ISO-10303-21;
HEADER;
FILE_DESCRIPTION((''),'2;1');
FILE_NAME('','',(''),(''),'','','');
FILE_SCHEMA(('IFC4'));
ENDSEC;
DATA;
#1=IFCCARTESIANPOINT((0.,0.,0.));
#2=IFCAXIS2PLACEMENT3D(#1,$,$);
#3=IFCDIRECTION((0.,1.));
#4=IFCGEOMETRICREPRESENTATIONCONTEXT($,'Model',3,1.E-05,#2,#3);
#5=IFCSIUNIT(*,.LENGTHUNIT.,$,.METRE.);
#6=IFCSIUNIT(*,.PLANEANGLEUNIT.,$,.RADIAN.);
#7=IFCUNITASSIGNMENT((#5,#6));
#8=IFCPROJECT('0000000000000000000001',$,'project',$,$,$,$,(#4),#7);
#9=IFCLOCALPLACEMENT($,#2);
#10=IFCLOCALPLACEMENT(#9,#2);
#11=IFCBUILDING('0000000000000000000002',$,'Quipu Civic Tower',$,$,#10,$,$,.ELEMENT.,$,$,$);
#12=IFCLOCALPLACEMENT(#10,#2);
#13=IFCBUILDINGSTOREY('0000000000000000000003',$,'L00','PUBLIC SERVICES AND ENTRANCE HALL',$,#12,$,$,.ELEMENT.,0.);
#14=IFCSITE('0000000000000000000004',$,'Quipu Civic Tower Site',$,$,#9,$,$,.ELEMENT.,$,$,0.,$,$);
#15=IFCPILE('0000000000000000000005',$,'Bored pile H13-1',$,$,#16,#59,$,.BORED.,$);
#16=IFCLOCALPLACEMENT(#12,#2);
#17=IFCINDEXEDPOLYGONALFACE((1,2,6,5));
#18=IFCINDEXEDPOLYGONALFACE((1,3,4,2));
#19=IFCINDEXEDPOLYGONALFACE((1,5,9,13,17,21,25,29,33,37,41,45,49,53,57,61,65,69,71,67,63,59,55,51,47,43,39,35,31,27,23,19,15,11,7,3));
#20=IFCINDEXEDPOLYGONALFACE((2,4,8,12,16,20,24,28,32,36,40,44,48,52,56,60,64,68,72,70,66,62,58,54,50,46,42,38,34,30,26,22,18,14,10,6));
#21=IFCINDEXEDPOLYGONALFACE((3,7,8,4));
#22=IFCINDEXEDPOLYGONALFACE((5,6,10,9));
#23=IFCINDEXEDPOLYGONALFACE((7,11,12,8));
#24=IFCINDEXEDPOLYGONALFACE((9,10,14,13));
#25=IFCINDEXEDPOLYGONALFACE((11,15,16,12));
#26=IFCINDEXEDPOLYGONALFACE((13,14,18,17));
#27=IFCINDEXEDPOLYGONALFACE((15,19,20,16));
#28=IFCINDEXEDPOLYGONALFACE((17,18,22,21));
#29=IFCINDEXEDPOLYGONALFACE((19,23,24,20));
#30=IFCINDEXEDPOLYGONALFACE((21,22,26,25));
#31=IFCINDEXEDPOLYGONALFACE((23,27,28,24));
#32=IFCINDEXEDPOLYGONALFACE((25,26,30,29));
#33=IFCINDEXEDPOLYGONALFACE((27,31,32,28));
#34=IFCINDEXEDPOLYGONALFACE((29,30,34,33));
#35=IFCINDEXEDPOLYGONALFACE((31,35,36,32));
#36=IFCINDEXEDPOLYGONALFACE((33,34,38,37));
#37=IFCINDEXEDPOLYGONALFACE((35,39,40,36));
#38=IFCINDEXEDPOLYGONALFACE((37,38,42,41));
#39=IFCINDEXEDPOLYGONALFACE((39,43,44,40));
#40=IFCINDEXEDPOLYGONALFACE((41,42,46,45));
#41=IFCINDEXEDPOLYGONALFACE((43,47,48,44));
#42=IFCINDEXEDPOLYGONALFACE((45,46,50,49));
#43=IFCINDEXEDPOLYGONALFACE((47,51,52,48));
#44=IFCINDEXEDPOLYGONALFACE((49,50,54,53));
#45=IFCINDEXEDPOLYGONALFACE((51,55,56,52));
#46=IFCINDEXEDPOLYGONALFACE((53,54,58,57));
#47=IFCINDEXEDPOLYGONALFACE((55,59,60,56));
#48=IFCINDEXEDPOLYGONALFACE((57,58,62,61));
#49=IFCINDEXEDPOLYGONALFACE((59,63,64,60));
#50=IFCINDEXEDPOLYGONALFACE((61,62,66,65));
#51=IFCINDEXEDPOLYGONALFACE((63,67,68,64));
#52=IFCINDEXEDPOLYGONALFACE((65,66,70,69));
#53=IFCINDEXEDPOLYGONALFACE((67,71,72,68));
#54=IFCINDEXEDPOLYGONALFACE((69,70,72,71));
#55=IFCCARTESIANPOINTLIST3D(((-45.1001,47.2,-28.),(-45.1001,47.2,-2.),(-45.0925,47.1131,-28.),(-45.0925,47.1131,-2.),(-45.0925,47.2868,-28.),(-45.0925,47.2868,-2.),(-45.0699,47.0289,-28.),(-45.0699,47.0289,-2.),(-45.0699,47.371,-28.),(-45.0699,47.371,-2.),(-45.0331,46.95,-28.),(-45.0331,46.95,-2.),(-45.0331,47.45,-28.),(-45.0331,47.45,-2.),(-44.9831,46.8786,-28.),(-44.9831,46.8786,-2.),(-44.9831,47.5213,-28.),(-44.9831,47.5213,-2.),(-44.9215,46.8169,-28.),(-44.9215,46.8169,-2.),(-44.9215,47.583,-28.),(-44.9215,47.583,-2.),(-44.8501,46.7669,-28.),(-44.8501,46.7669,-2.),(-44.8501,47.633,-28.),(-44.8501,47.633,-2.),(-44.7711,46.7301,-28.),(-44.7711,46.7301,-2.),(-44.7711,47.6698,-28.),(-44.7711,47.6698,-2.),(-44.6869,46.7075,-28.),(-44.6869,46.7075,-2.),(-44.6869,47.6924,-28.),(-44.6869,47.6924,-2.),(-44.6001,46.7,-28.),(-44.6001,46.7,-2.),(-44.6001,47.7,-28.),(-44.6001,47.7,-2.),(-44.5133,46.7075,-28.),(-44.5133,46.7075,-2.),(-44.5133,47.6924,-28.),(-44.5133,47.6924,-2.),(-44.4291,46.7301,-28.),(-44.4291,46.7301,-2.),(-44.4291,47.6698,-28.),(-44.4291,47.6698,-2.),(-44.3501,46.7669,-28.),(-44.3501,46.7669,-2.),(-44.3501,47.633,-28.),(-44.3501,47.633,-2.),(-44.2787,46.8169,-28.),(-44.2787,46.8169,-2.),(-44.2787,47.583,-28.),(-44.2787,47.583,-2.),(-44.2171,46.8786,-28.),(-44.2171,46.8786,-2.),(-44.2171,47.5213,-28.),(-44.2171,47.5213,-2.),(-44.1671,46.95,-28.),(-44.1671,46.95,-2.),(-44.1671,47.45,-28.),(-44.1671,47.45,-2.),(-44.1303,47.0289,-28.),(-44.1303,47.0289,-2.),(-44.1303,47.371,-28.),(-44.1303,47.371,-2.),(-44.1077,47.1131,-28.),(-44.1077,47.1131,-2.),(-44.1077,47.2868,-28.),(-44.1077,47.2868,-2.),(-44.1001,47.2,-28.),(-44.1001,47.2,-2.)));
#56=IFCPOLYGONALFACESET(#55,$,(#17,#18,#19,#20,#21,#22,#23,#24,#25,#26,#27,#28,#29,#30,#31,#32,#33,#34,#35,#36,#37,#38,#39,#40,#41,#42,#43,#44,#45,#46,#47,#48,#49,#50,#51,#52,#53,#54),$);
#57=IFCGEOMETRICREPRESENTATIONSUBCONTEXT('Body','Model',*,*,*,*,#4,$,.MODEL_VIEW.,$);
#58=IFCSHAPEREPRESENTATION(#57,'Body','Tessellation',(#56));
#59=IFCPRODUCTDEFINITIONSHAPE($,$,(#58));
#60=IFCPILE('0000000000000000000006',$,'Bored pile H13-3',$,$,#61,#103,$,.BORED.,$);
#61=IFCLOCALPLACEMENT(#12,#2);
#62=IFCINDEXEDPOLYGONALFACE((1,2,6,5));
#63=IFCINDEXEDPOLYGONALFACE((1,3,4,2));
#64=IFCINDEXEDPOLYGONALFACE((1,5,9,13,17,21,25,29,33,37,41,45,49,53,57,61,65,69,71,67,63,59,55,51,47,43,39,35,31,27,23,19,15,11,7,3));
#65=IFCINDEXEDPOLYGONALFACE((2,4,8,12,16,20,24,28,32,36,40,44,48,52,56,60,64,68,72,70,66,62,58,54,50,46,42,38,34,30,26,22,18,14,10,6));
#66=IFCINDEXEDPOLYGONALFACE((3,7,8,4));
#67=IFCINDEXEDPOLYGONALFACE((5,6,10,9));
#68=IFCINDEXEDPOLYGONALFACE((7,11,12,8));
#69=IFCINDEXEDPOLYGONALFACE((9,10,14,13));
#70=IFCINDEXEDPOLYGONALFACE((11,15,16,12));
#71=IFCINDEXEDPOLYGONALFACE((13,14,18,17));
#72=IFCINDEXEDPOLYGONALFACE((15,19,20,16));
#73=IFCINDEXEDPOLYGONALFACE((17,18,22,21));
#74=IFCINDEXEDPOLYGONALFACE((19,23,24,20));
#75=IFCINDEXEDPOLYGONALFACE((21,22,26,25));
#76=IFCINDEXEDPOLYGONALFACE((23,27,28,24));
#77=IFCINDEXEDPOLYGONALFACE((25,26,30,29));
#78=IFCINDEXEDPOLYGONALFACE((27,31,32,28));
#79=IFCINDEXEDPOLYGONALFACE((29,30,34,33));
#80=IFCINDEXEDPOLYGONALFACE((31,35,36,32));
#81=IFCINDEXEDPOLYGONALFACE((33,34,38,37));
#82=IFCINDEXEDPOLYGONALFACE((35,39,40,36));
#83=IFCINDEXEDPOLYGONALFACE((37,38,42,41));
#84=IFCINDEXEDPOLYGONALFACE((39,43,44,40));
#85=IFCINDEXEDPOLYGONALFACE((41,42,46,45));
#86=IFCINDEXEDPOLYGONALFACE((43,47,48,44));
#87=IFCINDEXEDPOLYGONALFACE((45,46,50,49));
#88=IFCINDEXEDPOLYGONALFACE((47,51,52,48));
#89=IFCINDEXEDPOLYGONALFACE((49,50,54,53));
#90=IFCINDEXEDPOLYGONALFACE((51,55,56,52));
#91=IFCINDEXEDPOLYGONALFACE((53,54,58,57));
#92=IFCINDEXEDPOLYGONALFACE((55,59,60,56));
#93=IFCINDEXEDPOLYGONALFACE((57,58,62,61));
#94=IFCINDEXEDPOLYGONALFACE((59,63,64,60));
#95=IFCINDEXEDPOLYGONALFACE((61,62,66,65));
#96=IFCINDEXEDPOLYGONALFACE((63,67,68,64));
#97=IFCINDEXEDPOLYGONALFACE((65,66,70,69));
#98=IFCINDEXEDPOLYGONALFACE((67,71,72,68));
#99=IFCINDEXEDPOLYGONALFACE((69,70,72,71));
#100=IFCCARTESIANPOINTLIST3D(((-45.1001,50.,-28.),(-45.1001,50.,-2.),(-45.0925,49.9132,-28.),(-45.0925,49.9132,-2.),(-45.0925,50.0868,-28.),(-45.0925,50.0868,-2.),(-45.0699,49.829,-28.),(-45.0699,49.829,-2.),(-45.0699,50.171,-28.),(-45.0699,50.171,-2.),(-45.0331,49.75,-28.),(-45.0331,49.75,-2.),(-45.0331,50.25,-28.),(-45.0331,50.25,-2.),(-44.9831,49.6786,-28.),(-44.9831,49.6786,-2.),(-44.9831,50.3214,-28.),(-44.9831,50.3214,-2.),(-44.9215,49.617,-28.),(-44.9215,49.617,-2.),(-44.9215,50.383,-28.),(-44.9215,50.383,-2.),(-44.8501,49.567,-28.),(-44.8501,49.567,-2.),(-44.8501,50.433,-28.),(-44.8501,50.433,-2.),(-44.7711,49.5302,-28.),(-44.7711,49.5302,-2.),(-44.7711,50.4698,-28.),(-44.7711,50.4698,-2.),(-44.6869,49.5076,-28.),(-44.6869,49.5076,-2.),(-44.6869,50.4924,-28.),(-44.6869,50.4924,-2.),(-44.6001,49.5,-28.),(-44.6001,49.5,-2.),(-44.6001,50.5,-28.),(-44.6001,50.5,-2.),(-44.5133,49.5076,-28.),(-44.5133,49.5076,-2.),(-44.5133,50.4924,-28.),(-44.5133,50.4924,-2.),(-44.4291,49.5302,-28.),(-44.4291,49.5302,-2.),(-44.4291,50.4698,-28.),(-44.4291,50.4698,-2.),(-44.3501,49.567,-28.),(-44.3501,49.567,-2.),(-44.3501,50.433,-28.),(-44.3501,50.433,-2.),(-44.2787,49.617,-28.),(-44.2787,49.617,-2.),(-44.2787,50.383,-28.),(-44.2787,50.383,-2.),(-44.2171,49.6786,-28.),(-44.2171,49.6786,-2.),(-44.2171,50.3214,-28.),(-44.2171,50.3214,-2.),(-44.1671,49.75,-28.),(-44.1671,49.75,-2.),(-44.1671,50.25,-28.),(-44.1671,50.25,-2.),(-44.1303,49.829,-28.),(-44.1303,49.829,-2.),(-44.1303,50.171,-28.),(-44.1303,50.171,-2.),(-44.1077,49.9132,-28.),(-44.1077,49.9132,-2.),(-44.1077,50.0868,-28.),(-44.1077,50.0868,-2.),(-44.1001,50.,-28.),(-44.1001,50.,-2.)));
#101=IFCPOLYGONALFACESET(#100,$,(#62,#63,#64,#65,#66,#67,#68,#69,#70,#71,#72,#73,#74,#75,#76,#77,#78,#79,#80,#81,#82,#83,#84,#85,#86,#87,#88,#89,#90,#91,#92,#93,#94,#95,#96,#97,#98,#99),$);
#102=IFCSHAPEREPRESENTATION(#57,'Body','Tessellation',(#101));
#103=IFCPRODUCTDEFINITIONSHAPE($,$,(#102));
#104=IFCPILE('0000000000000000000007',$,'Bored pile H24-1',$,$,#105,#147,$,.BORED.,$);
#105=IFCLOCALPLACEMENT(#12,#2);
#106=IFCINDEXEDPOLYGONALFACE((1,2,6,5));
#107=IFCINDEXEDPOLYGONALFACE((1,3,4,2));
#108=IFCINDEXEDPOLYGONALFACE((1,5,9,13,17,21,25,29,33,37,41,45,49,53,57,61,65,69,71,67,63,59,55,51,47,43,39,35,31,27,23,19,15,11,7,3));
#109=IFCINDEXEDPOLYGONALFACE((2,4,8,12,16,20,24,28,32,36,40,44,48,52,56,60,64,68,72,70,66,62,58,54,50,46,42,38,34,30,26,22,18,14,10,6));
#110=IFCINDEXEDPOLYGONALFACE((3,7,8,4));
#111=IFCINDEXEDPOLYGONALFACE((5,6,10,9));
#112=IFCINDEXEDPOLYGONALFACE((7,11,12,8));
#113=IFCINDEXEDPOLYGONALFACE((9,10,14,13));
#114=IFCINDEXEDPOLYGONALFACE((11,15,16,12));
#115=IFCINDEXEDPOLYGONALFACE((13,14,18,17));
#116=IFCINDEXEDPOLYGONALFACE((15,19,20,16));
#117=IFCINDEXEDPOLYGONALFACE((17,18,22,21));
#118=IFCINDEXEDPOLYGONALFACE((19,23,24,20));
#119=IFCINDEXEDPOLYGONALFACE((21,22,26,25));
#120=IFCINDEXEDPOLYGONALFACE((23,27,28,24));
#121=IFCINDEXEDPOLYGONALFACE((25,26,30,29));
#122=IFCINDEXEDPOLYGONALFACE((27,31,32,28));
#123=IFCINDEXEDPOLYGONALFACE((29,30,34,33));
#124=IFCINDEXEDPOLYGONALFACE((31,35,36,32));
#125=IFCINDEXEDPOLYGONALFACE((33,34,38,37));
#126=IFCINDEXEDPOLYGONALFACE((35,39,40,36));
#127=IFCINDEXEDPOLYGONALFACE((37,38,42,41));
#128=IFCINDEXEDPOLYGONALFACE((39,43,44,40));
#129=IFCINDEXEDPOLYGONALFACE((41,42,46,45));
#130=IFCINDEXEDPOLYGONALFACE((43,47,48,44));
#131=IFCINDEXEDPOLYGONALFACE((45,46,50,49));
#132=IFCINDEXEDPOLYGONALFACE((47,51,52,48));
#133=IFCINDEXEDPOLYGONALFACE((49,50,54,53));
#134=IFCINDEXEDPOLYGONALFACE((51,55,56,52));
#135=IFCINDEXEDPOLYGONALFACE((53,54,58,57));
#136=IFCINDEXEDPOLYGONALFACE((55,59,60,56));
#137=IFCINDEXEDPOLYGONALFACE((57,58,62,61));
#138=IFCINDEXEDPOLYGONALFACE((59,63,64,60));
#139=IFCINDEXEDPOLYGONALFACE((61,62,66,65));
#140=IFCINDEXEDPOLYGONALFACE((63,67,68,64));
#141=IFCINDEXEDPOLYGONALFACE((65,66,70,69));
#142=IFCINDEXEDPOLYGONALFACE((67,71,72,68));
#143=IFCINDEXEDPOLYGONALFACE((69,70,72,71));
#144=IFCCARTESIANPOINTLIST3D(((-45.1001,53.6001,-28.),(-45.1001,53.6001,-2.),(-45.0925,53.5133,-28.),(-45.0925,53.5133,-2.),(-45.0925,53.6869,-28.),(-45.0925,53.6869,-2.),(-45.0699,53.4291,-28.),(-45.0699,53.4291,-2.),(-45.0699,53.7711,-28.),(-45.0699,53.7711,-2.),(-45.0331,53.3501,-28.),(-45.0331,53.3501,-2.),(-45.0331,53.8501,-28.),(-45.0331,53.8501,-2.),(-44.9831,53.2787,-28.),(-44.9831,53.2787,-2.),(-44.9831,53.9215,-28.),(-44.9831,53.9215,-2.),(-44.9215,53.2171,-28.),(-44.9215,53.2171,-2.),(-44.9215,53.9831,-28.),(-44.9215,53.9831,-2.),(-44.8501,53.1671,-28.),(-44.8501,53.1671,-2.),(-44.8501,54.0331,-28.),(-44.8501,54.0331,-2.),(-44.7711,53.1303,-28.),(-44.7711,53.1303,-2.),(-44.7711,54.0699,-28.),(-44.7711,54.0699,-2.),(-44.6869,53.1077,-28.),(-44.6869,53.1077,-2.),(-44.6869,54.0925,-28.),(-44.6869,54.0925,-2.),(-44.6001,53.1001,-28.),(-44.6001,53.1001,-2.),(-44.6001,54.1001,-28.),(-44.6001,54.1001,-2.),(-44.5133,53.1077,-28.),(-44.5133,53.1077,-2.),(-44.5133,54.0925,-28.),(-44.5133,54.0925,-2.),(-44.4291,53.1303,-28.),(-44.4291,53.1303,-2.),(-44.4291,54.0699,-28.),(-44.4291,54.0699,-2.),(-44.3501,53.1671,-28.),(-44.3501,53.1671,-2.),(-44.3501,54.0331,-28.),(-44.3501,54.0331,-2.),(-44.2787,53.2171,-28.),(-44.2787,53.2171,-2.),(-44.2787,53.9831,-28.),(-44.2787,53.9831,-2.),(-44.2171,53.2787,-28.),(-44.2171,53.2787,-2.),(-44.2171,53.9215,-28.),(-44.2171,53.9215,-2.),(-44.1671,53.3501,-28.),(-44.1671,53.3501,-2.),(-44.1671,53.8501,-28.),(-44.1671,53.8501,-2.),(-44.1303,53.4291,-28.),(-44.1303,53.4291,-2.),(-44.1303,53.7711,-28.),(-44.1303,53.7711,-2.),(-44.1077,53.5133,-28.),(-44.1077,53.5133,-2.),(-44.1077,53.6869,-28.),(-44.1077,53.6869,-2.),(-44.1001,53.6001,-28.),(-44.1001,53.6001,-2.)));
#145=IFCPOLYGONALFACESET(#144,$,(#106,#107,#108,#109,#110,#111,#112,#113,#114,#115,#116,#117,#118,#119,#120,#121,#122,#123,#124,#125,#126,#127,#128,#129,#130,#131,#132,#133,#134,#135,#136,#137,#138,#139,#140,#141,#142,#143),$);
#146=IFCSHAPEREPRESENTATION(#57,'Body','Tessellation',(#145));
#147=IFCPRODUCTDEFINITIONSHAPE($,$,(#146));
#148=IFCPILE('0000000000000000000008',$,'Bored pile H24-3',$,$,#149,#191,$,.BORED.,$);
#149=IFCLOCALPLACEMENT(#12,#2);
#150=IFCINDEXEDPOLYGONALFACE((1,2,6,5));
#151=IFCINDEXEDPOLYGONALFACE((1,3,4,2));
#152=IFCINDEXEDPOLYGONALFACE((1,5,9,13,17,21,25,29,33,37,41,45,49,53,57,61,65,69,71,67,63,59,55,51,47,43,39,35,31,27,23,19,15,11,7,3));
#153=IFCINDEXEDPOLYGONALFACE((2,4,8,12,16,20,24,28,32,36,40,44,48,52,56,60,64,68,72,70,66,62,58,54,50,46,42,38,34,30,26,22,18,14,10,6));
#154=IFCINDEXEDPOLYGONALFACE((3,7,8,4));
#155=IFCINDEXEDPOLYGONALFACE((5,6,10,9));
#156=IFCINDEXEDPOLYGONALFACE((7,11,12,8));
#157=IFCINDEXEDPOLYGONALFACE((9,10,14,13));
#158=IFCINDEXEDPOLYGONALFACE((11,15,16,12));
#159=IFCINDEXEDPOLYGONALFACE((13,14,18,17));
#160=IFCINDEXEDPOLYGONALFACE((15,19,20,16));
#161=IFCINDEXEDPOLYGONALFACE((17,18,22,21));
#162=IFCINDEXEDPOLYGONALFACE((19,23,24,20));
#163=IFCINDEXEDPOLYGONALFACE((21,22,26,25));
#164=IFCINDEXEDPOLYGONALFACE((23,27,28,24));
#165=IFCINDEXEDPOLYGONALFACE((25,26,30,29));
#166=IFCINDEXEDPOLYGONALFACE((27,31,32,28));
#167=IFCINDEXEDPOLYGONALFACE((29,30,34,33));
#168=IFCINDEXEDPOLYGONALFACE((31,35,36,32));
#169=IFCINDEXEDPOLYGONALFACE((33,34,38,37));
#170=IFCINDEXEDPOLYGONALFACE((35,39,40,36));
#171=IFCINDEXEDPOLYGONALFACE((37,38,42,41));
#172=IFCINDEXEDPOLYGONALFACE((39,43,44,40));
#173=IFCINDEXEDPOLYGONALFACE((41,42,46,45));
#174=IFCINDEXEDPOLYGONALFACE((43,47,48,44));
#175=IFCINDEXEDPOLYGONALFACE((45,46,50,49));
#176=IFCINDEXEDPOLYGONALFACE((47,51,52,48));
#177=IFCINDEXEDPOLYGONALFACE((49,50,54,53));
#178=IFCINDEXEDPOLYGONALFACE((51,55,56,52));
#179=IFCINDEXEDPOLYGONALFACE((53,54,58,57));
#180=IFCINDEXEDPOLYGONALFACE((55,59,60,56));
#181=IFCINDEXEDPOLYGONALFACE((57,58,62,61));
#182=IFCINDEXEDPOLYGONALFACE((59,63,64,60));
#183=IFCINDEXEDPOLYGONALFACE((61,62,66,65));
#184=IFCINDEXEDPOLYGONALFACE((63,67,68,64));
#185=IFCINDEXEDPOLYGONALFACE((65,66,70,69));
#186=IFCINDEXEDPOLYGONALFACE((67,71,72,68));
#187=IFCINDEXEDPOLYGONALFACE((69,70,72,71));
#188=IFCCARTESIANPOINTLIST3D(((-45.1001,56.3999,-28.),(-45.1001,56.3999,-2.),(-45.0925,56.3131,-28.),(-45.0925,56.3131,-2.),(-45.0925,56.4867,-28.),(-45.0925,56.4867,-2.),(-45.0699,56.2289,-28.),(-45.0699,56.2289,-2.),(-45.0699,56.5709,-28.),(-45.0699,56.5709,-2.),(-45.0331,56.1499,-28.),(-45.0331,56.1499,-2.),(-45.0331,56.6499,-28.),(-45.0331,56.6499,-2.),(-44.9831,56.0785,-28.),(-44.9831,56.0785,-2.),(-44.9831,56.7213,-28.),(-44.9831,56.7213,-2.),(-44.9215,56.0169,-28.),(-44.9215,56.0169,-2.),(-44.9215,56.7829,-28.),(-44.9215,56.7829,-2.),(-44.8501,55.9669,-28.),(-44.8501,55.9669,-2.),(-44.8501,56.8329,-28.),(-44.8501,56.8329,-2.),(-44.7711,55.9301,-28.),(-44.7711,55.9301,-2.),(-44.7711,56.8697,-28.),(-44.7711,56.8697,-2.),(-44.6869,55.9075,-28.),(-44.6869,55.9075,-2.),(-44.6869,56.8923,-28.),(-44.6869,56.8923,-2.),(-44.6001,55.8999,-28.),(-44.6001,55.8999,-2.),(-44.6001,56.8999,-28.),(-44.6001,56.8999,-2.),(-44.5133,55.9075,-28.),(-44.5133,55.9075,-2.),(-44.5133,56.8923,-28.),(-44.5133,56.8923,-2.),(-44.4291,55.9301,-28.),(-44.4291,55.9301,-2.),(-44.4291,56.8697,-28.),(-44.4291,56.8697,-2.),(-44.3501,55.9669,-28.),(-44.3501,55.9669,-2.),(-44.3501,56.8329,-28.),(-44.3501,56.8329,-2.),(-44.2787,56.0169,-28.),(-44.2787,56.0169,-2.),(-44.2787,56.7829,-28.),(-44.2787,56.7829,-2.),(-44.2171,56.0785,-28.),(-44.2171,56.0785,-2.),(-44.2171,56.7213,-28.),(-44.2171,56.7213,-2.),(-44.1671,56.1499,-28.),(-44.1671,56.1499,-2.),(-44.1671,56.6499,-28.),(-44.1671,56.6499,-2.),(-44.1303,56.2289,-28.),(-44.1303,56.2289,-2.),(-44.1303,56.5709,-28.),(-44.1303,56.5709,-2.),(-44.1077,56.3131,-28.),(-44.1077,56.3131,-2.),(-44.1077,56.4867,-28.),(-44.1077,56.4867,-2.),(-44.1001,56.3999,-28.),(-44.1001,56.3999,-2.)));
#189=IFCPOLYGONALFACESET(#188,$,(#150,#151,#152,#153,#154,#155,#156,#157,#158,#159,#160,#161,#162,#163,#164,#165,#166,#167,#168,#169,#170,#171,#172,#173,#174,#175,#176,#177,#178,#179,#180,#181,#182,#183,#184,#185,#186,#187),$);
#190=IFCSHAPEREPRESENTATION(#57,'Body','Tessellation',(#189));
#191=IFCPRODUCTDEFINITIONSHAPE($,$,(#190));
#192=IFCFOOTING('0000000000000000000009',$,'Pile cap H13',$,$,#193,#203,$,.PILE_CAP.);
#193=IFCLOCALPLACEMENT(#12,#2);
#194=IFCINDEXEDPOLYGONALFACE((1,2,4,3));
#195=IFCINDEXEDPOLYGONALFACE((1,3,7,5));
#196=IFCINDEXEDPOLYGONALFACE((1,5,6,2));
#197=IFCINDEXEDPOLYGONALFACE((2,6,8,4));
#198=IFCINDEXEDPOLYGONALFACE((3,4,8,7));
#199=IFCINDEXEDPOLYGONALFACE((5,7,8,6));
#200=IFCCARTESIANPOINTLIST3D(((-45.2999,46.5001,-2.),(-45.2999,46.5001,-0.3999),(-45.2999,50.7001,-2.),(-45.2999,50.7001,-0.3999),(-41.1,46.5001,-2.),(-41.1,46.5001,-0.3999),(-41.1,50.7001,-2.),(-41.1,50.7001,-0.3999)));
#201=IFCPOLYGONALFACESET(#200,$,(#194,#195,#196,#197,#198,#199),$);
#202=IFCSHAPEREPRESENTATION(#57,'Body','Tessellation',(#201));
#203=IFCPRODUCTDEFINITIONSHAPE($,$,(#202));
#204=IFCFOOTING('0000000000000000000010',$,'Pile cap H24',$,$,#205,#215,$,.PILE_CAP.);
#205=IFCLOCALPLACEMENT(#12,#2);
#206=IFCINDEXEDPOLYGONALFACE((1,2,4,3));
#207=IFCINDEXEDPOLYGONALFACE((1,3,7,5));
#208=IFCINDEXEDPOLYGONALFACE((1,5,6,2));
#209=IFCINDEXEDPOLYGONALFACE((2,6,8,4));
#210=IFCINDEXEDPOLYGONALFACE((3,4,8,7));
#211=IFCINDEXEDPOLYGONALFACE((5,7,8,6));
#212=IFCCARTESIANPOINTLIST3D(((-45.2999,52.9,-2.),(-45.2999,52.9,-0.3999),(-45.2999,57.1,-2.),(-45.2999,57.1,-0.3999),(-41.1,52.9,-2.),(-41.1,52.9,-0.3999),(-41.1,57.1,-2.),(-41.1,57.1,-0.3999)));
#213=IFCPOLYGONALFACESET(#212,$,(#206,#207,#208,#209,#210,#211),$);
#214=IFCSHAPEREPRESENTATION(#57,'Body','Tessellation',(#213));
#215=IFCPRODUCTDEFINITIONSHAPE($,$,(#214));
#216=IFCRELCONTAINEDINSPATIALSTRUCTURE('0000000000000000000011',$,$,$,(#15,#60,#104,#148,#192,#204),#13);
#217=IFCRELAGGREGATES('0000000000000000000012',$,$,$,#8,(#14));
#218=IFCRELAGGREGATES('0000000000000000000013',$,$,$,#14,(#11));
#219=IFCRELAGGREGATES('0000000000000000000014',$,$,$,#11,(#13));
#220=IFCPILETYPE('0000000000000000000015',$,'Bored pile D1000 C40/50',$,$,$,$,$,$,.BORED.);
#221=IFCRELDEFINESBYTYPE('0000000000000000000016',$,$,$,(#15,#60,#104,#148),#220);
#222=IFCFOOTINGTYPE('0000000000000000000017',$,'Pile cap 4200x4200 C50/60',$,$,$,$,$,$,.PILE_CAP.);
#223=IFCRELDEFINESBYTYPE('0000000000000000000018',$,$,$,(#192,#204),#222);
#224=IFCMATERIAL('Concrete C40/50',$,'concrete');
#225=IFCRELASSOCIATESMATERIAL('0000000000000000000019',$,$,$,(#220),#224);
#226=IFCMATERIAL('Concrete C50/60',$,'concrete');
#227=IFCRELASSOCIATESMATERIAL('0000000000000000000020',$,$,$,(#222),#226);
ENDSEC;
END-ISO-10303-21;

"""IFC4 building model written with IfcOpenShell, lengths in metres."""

from ifc_helpers import new_model, si_unit, direction, frame, origin, origin_2d, place, context, subcontext, project, spatial, rectangle, circle, extrude, material, material_profile, profile_set, type_object, element, save


model = new_model("IFC4")

# Units and contexts
model_context = context("Model", 3, precision=1e-05, world=origin(), true_north=direction((0.0, 1.0)))
body_context = subcontext(model_context, "Body", "Model", "MODEL_VIEW")
ifc_project = project(units=[si_unit("LENGTHUNIT", "METRE"), si_unit("PLANEANGLEUNIT", "RADIAN")], contexts=[model_context])

# Site, building, storey
site_placement = place(None, origin())
site = spatial("IfcSite", under=ifc_project, at=site_placement, Name="Quipu Civic Tower Site", CompositionType="ELEMENT", RefElevation=0.0)
building_placement = place(site_placement, origin())
building = spatial("IfcBuilding", under=site, at=building_placement, Name="Quipu Civic Tower", CompositionType="ELEMENT")
storey_placement = place(building_placement, origin())
storey = spatial("IfcBuildingStorey", under=building, at=storey_placement, Name="L00", Description="PUBLIC SERVICES AND ENTRANCE HALL", CompositionType="ELEMENT", Elevation=0.0)

# Piles
ifc_material_1 = material(Name="Concrete C40/50", Category="concrete")
ifc_material_profile_1 = material_profile(ifc_material_1, circle(Radius=0.5, at=origin_2d()), Name="RCD1000")
ifc_profile_set_1 = profile_set([ifc_material_profile_1], Name="Concrete C40/50")
pile_type = type_object("IfcPileType", Name="Bored pile D1000 C40/50", PredefinedType="BORED", material=ifc_profile_set_1)
for number, where, z_axis, x_axis, name in (
    (1, (-44.6001, 47.2, -2.0), (0.0, 0.0, -1.0), (1.0, 0.0, 0.0), "Bored pile H13-1"),
    (2, (-44.6001, 50.0, -2.0), (0.0, 0.0, -1.0), (1.0, 0.0, 0.0), "Bored pile H13-3"),
    (3, (-44.6001, 53.6001, -2.0), (0.0, 0.0, -1.0), (1.0, 0.0, 0.0), "Bored pile H24-1"),
    (4, (-44.6001, 56.3999, -2.0), (0.0, 0.0, -1.0), (1.0, 0.0, 0.0), "Bored pile H24-3"),
):
    element("IfcPile", number, at=place(storey_placement, frame(where, z_axis=z_axis, x_axis=x_axis)), inside=storey, type_object=pile_type, Name=name, PredefinedType="BORED", context=body_context, shape_type="SweptSolid", body=[
        extrude(circle(Radius=0.5, at=origin_2d()), origin(), (0.0, 0.0, 1.0), 26.0),
    ])

# Footings
ifc_material_2 = material(Name="Concrete C50/60", Category="concrete")
footing_type = type_object("IfcFootingType", Name="Pile cap 4200x4200 C50/60", PredefinedType="PILE_CAP", material=ifc_material_2)
for number, where, z_axis, x_axis, name in (
    (5, (-43.2, 48.6001, -2.0), (0.0, 0.0, 1.0), (1.0, 0.0, 0.0), "Pile cap H13"),
    (6, (-43.2, 55.0, -2.0), (0.0, 0.0, 1.0), (1.0, 0.0, 0.0), "Pile cap H24"),
):
    element("IfcFooting", number, at=place(storey_placement, frame(where, z_axis=z_axis, x_axis=x_axis)), inside=storey, type_object=footing_type, Name=name, PredefinedType="PILE_CAP", context=body_context, shape_type="SweptSolid", body=[
        extrude(rectangle(XDim=4.2, YDim=4.2, at=origin_2d()), origin(), (0.0, 0.0, 1.0), 1.6001),
    ])

save(model, "model.ifc")
